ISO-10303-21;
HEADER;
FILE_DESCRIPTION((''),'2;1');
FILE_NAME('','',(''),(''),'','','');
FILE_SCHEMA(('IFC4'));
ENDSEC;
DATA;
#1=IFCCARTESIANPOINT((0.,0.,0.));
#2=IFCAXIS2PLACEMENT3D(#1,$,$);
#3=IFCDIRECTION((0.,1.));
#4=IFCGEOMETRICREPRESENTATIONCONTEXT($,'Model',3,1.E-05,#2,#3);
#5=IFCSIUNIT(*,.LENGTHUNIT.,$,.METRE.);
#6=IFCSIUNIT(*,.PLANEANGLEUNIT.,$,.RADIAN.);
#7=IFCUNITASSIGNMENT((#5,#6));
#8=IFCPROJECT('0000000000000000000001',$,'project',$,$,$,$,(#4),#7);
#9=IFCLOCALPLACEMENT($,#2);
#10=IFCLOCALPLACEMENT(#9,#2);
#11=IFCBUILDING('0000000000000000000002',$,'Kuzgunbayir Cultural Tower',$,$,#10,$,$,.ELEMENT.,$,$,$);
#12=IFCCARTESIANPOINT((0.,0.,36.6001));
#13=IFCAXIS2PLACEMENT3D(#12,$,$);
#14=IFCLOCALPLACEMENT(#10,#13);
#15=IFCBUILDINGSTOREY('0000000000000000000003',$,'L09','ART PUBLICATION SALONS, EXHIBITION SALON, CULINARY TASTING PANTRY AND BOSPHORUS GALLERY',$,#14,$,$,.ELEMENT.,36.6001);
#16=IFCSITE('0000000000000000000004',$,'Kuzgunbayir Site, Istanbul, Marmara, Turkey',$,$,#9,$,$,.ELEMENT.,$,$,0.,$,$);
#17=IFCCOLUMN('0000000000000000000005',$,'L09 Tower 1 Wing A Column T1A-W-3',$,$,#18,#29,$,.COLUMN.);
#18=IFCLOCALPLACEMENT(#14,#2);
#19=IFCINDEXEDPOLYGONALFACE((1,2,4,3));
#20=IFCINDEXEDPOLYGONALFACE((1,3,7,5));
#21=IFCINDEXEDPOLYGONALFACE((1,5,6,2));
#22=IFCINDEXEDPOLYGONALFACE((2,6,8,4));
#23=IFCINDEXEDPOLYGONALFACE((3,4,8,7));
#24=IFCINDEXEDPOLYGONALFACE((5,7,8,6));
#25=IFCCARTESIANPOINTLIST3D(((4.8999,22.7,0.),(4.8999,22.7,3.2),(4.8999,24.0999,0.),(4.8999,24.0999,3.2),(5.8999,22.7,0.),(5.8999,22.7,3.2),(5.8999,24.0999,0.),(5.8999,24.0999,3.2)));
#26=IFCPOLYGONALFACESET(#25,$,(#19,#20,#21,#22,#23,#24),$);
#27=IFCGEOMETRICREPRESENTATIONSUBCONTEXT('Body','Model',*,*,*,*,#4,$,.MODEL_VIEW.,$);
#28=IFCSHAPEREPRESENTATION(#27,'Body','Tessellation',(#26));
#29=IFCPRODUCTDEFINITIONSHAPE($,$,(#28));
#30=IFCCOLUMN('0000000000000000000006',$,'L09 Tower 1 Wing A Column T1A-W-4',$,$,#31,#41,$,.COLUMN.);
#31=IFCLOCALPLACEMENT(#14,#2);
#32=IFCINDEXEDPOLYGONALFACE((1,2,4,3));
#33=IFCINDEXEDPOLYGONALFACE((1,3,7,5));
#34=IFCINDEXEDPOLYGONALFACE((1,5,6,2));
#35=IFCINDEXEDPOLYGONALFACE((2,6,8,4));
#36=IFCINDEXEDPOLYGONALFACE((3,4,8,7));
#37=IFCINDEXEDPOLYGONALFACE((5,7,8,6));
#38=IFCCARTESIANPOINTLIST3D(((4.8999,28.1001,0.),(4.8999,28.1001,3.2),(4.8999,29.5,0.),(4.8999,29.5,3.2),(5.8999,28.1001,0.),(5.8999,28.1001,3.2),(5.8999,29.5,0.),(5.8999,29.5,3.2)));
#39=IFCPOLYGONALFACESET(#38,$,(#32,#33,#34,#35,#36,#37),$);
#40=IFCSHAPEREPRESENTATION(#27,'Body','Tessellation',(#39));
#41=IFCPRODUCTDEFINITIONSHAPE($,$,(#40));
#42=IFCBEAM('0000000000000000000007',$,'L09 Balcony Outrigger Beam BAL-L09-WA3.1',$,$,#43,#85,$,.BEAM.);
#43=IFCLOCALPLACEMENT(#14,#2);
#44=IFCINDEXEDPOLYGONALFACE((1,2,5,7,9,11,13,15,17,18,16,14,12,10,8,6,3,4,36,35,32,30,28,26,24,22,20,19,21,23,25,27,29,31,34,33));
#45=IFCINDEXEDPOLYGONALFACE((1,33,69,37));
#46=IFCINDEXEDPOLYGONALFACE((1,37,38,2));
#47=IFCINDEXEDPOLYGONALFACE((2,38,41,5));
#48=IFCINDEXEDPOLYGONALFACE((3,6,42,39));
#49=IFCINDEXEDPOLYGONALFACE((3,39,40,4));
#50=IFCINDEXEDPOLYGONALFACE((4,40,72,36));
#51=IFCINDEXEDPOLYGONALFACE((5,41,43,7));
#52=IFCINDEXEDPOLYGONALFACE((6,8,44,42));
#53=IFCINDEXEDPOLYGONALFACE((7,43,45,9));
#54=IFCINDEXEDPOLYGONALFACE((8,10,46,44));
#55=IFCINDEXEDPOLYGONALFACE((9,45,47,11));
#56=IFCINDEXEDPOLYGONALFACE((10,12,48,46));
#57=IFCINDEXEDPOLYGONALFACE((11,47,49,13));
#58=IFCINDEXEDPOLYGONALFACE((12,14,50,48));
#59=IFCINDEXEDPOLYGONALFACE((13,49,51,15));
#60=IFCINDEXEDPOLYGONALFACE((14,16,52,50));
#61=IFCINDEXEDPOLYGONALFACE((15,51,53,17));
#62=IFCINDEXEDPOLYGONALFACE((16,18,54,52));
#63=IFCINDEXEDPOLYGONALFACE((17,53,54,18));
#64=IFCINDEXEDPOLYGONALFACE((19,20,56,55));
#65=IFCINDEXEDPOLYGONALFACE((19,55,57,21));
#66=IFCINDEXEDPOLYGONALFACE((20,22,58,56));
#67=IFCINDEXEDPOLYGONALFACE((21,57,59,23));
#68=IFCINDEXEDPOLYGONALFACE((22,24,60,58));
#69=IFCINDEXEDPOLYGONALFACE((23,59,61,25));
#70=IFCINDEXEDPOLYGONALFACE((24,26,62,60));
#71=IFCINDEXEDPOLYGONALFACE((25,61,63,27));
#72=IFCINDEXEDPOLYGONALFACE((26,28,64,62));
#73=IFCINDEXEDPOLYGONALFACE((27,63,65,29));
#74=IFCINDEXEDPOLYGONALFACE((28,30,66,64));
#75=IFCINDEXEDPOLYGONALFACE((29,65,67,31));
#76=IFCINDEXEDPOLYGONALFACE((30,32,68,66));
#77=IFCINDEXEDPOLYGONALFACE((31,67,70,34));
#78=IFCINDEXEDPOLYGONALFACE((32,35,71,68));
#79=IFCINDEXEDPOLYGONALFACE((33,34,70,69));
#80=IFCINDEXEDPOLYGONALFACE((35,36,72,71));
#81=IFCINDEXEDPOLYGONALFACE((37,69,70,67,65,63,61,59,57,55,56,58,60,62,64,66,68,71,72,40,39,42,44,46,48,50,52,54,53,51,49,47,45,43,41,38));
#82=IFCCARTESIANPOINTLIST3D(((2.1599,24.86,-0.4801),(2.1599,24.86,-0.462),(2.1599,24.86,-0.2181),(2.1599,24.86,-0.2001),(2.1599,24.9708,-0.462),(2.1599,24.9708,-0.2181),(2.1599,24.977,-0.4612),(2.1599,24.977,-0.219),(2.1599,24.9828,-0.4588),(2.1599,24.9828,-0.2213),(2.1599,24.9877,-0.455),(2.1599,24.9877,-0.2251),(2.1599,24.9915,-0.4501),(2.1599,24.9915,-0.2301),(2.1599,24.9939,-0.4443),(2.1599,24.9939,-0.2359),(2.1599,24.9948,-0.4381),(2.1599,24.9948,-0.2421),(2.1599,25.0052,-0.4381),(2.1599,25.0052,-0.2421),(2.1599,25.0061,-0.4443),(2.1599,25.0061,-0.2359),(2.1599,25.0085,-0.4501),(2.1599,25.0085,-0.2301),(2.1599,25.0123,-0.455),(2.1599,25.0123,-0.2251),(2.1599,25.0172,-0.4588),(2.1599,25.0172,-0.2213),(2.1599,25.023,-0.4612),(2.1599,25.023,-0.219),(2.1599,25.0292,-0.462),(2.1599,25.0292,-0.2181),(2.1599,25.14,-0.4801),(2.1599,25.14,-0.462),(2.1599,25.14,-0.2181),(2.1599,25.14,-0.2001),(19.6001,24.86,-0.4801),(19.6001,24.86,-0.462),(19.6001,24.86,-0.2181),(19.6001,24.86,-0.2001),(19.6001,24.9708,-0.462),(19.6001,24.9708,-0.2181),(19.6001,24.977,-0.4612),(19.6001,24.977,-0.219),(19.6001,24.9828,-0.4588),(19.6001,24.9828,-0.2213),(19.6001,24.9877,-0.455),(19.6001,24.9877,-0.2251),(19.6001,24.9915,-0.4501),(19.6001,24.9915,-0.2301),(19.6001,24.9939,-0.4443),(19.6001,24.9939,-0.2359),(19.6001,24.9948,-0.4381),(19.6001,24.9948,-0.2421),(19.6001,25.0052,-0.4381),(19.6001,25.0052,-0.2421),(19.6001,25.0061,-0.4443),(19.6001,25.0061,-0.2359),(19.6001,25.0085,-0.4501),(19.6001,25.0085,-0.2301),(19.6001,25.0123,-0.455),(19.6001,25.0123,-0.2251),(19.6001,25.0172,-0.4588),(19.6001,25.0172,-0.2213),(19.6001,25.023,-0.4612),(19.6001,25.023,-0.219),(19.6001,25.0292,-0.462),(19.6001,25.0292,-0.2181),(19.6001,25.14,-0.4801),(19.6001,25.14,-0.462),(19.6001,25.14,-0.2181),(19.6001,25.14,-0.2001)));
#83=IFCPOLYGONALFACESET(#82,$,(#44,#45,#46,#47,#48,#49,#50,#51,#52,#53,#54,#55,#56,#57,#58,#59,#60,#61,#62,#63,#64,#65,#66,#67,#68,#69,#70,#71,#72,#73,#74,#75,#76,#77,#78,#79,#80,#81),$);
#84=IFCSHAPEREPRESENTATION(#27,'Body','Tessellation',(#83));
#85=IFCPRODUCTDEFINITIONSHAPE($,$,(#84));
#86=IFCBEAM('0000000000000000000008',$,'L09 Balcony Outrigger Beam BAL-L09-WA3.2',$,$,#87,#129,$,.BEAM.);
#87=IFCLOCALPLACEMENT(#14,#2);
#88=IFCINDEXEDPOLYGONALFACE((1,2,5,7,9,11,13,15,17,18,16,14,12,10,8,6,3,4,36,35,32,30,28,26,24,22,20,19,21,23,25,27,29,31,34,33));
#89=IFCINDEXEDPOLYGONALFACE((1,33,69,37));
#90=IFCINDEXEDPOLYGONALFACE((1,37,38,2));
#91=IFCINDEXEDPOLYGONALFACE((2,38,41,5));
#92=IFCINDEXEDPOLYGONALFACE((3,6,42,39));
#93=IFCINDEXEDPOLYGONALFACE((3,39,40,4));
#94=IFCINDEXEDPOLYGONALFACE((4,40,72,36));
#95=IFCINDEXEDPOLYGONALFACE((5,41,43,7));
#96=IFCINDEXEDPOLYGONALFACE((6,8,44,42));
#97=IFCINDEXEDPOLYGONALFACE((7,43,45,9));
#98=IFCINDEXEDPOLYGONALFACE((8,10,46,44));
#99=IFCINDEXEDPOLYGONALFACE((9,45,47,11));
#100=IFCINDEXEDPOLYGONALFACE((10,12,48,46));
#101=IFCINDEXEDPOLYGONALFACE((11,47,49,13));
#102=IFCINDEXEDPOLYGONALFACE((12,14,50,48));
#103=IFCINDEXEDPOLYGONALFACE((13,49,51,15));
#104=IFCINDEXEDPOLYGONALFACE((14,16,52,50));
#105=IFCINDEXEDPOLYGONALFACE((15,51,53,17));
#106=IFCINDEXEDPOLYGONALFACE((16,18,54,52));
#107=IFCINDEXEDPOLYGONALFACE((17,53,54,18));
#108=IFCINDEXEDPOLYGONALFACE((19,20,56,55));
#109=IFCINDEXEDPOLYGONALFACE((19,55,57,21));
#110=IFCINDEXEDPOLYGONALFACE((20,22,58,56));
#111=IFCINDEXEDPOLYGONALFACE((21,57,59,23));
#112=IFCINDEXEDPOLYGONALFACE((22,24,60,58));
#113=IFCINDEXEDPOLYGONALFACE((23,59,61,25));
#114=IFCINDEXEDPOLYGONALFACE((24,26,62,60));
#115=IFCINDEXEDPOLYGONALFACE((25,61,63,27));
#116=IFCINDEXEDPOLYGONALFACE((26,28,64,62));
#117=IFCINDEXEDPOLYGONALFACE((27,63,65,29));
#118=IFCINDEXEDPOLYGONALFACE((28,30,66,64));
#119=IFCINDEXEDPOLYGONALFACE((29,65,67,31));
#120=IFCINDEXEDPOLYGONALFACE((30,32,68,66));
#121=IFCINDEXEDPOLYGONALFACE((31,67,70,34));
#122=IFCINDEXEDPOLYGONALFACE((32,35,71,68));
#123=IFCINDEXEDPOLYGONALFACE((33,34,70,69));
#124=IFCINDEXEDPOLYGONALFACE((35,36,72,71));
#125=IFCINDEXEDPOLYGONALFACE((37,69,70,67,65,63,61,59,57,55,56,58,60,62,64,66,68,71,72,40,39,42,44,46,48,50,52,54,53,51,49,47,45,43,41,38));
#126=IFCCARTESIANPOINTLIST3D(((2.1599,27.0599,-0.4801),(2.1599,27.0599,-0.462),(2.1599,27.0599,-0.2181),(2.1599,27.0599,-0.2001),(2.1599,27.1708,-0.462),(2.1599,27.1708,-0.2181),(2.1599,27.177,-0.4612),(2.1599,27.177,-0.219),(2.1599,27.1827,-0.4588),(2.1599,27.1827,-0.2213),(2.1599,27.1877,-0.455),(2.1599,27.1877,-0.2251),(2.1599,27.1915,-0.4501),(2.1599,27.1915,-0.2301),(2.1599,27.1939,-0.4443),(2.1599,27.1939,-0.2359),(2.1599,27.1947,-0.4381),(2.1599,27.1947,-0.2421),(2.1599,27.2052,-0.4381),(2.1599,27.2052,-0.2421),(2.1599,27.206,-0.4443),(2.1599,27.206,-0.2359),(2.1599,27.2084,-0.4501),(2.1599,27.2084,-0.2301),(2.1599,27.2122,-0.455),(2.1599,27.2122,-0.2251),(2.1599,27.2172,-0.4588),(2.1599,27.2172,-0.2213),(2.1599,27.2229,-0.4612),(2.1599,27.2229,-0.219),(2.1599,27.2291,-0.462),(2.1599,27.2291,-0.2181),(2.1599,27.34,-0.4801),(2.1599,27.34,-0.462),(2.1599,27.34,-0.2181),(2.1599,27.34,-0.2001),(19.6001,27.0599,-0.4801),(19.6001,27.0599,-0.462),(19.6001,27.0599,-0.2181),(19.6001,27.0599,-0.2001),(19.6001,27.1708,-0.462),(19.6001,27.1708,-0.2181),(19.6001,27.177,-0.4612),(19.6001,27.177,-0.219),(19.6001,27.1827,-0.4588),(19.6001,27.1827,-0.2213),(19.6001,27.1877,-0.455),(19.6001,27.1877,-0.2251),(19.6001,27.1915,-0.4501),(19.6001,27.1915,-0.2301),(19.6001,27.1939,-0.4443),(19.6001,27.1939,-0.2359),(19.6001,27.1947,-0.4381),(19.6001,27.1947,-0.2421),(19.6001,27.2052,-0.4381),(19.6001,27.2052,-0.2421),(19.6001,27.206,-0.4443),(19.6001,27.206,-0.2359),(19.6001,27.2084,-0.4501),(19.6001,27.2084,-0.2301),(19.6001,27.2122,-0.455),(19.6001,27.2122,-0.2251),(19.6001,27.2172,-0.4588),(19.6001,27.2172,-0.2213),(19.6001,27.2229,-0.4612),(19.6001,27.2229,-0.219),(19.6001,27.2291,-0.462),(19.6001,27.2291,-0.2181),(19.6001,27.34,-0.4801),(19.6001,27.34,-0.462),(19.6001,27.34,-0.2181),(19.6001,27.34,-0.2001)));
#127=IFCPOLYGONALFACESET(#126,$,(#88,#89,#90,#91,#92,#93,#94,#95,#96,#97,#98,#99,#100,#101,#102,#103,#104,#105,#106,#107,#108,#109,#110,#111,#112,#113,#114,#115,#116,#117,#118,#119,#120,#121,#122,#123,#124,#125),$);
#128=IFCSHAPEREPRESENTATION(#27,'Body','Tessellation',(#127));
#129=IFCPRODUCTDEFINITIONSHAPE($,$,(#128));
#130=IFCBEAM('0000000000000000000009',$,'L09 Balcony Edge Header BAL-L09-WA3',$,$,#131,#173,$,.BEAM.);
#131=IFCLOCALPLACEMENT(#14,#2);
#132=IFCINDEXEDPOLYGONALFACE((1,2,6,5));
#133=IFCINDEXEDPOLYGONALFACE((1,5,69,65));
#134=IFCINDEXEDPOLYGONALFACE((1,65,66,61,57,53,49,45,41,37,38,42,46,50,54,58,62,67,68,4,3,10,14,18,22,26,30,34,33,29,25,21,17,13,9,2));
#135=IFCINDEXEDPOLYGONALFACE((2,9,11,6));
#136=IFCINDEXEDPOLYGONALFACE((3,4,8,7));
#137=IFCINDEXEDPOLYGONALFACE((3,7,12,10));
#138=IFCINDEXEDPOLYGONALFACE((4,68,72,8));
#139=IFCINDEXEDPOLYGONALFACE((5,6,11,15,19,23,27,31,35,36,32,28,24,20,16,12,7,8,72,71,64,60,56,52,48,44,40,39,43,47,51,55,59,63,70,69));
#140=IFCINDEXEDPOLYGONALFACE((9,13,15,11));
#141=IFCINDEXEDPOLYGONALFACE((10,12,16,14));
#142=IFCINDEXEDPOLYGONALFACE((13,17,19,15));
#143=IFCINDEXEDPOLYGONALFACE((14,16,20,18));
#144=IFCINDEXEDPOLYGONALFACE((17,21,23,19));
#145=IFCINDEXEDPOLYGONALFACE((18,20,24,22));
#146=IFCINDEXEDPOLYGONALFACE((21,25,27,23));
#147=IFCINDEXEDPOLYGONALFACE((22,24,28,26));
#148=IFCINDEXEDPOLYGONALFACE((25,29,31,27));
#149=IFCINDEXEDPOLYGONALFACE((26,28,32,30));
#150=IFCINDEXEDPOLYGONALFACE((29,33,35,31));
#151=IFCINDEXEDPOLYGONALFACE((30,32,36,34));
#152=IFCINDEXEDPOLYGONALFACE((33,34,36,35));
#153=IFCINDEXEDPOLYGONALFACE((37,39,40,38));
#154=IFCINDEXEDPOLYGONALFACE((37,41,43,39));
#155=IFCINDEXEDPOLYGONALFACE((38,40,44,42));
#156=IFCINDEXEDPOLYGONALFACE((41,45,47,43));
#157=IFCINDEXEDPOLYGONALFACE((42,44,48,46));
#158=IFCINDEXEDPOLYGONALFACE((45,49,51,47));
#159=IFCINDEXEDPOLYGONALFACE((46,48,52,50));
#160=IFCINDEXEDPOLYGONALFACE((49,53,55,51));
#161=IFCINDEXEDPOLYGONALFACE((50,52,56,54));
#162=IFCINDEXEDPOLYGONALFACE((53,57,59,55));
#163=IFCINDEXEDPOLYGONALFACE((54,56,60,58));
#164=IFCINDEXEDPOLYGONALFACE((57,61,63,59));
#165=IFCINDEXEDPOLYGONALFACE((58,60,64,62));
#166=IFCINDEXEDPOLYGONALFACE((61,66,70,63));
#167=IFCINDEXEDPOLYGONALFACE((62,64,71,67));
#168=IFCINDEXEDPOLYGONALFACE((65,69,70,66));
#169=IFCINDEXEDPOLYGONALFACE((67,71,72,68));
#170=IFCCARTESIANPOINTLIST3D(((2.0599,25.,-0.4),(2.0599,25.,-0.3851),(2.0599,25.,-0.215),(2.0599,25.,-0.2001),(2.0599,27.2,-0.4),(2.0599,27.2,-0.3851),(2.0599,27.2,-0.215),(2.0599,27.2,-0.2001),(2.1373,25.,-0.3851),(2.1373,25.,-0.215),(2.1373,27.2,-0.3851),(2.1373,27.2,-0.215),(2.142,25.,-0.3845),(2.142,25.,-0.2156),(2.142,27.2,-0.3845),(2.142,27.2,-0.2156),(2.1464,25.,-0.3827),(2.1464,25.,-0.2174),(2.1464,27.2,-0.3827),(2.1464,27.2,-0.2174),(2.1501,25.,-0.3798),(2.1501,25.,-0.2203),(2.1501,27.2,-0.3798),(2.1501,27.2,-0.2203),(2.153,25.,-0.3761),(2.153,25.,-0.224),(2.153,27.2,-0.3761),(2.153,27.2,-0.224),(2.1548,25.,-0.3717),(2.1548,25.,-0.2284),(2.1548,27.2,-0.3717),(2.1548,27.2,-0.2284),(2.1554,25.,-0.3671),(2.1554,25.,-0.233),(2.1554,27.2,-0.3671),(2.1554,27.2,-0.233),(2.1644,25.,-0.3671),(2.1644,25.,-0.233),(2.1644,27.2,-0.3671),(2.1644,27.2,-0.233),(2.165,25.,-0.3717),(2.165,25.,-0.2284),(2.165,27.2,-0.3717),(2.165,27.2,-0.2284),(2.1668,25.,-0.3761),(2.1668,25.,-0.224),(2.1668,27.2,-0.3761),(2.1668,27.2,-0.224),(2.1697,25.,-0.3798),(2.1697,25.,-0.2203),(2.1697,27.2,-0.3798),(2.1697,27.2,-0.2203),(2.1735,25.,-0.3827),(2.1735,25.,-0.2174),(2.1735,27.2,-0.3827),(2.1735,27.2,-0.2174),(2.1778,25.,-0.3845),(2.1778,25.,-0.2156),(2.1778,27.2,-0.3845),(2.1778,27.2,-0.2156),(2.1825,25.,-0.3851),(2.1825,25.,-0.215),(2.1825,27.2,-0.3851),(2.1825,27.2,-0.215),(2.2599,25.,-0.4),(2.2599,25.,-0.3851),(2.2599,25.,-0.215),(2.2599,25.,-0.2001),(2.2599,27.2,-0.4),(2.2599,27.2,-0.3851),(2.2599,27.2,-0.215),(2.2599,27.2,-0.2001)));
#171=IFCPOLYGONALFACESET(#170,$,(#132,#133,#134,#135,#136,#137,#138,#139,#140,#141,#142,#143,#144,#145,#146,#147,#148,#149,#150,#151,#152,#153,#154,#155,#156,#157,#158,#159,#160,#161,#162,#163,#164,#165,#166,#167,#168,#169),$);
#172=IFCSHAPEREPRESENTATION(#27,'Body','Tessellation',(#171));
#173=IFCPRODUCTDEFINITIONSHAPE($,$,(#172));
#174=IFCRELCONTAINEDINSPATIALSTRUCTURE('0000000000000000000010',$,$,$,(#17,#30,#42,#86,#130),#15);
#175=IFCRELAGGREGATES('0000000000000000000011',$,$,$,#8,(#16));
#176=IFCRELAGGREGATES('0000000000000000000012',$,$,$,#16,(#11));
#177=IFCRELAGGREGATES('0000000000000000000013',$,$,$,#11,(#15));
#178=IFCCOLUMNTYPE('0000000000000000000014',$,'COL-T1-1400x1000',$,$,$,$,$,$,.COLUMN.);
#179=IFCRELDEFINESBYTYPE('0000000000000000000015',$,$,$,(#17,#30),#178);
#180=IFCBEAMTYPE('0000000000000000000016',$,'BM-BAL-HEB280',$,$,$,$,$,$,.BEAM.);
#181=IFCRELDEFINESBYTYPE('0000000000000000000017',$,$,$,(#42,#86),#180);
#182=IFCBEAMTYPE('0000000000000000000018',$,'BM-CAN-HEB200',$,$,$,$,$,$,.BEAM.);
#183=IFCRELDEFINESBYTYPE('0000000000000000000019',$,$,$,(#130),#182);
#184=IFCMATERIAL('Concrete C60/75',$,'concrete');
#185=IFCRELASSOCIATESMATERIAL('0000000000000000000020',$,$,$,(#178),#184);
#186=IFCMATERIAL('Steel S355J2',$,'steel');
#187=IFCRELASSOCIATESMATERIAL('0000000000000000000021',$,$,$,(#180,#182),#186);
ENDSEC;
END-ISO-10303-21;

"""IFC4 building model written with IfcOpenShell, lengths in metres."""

from ifc_helpers import new_model, si_unit, direction, frame, origin, origin_2d, place, context, subcontext, project, spatial, rectangle, i_section, extrude, material, material_profile, profile_set, type_object, element, save


model = new_model("IFC4")

# Units and contexts
model_context = context("Model", 3, precision=1e-05, world=origin(), true_north=direction((0.0, 1.0)))
body_context = subcontext(model_context, "Body", "Model", "MODEL_VIEW")
ifc_project = project(units=[si_unit("LENGTHUNIT", "METRE"), si_unit("PLANEANGLEUNIT", "RADIAN")], contexts=[model_context])

# Site, building, storey
site_placement = place(None, origin())
site = spatial("IfcSite", under=ifc_project, at=site_placement, Name="Kuzgunbayir Site, Istanbul, Marmara, Turkey", CompositionType="ELEMENT", RefElevation=0.0)
building_placement = place(site_placement, origin())
building = spatial("IfcBuilding", under=site, at=building_placement, Name="Kuzgunbayir Cultural Tower", CompositionType="ELEMENT")
storey_placement = place(building_placement, frame((0.0, 0.0, 36.6001)))
storey = spatial("IfcBuildingStorey", under=building, at=storey_placement, Name="L09", Description="ART PUBLICATION SALONS, EXHIBITION SALON, CULINARY TASTING PANTRY AND BOSPHORUS GALLERY", CompositionType="ELEMENT", Elevation=36.6001)

# Columns
ifc_material_1 = material(Name="Concrete C60/75", Category="concrete")
ifc_material_profile_1 = material_profile(ifc_material_1, rectangle(XDim=1.0, YDim=1.3999, at=origin_2d()), Name="RC 1400x1000")
ifc_profile_set_1 = profile_set([ifc_material_profile_1], Name="Concrete C60/75")
column_type = type_object("IfcColumnType", Name="COL-T1-1400x1000", PredefinedType="COLUMN", material=ifc_profile_set_1)
for number, where, z_axis, x_axis, name in (
    (1, (5.3999, 23.3999, 0.0), (0.0, 0.0, 1.0), (1.0, 0.0, 0.0), "L09 Tower 1 Wing A Column T1A-W-3"),
    (2, (5.3999, 28.8, 0.0), (0.0, 0.0, 1.0), (1.0, 0.0, 0.0), "L09 Tower 1 Wing A Column T1A-W-4"),
):
    element("IfcColumn", number, at=place(storey_placement, frame(where, z_axis=z_axis, x_axis=x_axis)), inside=storey, type_object=column_type, Name=name, PredefinedType="COLUMN", context=body_context, shape_type="SweptSolid", body=[
        extrude(rectangle(XDim=1.0, YDim=1.3999, at=origin_2d()), origin(), (0.0, 0.0, 1.0), 3.2),
    ])

# Beams
ifc_material_2 = material(Name="Steel S355J2", Category="steel")
ifc_material_profile_2 = material_profile(ifc_material_2, i_section(OverallWidth=0.28, OverallDepth=0.28, WebThickness=0.0105, FlangeThickness=0.0181, FilletRadius=0.0239, at=origin_2d()), Name="HEB 280")
ifc_profile_set_2 = profile_set([ifc_material_profile_2], Name="Steel S355J2")
beam_type_1 = type_object("IfcBeamType", Name="BM-BAL-HEB280", PredefinedType="BEAM", material=ifc_profile_set_2)
for number, where, z_axis, x_axis, name in (
    (3, (2.1599, 25.0, -0.3401), (1.0, 0.0, 0.0), (0.0, 1.0, 0.0), "L09 Balcony Outrigger Beam BAL-L09-WA3.1"),
    (4, (2.1599, 27.2, -0.3401), (1.0, 0.0, 0.0), (0.0, 1.0, 0.0), "L09 Balcony Outrigger Beam BAL-L09-WA3.2"),
):
    element("IfcBeam", number, at=place(storey_placement, frame(where, z_axis=z_axis, x_axis=x_axis)), inside=storey, type_object=beam_type_1, Name=name, PredefinedType="BEAM", context=body_context, shape_type="SweptSolid", body=[
        extrude(i_section(OverallWidth=0.28, OverallDepth=0.28, WebThickness=0.0105, FlangeThickness=0.0181, FilletRadius=0.0239, at=origin_2d()), origin(), (0.0, 0.0, 1.0), 17.4402),
    ])
ifc_material_profile_3 = material_profile(ifc_material_2, i_section(OverallWidth=0.2, OverallDepth=0.2, WebThickness=0.009, FlangeThickness=0.0149, FilletRadius=0.0181, at=origin_2d()), Name="HEB 200")
ifc_profile_set_3 = profile_set([ifc_material_profile_3], Name="Steel S355J2")
beam_type_2 = type_object("IfcBeamType", Name="BM-CAN-HEB200", PredefinedType="BEAM", material=ifc_profile_set_3)
beam_1_placement = place(storey_placement, frame((2.1599, 25.0, -0.3), z_axis=(0.0, 1.0, 0.0), x_axis=(-1.0, 0.0, 0.0)))
element("IfcBeam", 5, at=beam_1_placement, inside=storey, type_object=beam_type_2, Name="L09 Balcony Edge Header BAL-L09-WA3", PredefinedType="BEAM", context=body_context, shape_type="SweptSolid", body=[
    extrude(i_section(OverallWidth=0.2, OverallDepth=0.2, WebThickness=0.009, FlangeThickness=0.0149, FilletRadius=0.0181, at=origin_2d()), origin(), (0.0, 0.0, 1.0), 2.2),
])

save(model, "model.ifc")
